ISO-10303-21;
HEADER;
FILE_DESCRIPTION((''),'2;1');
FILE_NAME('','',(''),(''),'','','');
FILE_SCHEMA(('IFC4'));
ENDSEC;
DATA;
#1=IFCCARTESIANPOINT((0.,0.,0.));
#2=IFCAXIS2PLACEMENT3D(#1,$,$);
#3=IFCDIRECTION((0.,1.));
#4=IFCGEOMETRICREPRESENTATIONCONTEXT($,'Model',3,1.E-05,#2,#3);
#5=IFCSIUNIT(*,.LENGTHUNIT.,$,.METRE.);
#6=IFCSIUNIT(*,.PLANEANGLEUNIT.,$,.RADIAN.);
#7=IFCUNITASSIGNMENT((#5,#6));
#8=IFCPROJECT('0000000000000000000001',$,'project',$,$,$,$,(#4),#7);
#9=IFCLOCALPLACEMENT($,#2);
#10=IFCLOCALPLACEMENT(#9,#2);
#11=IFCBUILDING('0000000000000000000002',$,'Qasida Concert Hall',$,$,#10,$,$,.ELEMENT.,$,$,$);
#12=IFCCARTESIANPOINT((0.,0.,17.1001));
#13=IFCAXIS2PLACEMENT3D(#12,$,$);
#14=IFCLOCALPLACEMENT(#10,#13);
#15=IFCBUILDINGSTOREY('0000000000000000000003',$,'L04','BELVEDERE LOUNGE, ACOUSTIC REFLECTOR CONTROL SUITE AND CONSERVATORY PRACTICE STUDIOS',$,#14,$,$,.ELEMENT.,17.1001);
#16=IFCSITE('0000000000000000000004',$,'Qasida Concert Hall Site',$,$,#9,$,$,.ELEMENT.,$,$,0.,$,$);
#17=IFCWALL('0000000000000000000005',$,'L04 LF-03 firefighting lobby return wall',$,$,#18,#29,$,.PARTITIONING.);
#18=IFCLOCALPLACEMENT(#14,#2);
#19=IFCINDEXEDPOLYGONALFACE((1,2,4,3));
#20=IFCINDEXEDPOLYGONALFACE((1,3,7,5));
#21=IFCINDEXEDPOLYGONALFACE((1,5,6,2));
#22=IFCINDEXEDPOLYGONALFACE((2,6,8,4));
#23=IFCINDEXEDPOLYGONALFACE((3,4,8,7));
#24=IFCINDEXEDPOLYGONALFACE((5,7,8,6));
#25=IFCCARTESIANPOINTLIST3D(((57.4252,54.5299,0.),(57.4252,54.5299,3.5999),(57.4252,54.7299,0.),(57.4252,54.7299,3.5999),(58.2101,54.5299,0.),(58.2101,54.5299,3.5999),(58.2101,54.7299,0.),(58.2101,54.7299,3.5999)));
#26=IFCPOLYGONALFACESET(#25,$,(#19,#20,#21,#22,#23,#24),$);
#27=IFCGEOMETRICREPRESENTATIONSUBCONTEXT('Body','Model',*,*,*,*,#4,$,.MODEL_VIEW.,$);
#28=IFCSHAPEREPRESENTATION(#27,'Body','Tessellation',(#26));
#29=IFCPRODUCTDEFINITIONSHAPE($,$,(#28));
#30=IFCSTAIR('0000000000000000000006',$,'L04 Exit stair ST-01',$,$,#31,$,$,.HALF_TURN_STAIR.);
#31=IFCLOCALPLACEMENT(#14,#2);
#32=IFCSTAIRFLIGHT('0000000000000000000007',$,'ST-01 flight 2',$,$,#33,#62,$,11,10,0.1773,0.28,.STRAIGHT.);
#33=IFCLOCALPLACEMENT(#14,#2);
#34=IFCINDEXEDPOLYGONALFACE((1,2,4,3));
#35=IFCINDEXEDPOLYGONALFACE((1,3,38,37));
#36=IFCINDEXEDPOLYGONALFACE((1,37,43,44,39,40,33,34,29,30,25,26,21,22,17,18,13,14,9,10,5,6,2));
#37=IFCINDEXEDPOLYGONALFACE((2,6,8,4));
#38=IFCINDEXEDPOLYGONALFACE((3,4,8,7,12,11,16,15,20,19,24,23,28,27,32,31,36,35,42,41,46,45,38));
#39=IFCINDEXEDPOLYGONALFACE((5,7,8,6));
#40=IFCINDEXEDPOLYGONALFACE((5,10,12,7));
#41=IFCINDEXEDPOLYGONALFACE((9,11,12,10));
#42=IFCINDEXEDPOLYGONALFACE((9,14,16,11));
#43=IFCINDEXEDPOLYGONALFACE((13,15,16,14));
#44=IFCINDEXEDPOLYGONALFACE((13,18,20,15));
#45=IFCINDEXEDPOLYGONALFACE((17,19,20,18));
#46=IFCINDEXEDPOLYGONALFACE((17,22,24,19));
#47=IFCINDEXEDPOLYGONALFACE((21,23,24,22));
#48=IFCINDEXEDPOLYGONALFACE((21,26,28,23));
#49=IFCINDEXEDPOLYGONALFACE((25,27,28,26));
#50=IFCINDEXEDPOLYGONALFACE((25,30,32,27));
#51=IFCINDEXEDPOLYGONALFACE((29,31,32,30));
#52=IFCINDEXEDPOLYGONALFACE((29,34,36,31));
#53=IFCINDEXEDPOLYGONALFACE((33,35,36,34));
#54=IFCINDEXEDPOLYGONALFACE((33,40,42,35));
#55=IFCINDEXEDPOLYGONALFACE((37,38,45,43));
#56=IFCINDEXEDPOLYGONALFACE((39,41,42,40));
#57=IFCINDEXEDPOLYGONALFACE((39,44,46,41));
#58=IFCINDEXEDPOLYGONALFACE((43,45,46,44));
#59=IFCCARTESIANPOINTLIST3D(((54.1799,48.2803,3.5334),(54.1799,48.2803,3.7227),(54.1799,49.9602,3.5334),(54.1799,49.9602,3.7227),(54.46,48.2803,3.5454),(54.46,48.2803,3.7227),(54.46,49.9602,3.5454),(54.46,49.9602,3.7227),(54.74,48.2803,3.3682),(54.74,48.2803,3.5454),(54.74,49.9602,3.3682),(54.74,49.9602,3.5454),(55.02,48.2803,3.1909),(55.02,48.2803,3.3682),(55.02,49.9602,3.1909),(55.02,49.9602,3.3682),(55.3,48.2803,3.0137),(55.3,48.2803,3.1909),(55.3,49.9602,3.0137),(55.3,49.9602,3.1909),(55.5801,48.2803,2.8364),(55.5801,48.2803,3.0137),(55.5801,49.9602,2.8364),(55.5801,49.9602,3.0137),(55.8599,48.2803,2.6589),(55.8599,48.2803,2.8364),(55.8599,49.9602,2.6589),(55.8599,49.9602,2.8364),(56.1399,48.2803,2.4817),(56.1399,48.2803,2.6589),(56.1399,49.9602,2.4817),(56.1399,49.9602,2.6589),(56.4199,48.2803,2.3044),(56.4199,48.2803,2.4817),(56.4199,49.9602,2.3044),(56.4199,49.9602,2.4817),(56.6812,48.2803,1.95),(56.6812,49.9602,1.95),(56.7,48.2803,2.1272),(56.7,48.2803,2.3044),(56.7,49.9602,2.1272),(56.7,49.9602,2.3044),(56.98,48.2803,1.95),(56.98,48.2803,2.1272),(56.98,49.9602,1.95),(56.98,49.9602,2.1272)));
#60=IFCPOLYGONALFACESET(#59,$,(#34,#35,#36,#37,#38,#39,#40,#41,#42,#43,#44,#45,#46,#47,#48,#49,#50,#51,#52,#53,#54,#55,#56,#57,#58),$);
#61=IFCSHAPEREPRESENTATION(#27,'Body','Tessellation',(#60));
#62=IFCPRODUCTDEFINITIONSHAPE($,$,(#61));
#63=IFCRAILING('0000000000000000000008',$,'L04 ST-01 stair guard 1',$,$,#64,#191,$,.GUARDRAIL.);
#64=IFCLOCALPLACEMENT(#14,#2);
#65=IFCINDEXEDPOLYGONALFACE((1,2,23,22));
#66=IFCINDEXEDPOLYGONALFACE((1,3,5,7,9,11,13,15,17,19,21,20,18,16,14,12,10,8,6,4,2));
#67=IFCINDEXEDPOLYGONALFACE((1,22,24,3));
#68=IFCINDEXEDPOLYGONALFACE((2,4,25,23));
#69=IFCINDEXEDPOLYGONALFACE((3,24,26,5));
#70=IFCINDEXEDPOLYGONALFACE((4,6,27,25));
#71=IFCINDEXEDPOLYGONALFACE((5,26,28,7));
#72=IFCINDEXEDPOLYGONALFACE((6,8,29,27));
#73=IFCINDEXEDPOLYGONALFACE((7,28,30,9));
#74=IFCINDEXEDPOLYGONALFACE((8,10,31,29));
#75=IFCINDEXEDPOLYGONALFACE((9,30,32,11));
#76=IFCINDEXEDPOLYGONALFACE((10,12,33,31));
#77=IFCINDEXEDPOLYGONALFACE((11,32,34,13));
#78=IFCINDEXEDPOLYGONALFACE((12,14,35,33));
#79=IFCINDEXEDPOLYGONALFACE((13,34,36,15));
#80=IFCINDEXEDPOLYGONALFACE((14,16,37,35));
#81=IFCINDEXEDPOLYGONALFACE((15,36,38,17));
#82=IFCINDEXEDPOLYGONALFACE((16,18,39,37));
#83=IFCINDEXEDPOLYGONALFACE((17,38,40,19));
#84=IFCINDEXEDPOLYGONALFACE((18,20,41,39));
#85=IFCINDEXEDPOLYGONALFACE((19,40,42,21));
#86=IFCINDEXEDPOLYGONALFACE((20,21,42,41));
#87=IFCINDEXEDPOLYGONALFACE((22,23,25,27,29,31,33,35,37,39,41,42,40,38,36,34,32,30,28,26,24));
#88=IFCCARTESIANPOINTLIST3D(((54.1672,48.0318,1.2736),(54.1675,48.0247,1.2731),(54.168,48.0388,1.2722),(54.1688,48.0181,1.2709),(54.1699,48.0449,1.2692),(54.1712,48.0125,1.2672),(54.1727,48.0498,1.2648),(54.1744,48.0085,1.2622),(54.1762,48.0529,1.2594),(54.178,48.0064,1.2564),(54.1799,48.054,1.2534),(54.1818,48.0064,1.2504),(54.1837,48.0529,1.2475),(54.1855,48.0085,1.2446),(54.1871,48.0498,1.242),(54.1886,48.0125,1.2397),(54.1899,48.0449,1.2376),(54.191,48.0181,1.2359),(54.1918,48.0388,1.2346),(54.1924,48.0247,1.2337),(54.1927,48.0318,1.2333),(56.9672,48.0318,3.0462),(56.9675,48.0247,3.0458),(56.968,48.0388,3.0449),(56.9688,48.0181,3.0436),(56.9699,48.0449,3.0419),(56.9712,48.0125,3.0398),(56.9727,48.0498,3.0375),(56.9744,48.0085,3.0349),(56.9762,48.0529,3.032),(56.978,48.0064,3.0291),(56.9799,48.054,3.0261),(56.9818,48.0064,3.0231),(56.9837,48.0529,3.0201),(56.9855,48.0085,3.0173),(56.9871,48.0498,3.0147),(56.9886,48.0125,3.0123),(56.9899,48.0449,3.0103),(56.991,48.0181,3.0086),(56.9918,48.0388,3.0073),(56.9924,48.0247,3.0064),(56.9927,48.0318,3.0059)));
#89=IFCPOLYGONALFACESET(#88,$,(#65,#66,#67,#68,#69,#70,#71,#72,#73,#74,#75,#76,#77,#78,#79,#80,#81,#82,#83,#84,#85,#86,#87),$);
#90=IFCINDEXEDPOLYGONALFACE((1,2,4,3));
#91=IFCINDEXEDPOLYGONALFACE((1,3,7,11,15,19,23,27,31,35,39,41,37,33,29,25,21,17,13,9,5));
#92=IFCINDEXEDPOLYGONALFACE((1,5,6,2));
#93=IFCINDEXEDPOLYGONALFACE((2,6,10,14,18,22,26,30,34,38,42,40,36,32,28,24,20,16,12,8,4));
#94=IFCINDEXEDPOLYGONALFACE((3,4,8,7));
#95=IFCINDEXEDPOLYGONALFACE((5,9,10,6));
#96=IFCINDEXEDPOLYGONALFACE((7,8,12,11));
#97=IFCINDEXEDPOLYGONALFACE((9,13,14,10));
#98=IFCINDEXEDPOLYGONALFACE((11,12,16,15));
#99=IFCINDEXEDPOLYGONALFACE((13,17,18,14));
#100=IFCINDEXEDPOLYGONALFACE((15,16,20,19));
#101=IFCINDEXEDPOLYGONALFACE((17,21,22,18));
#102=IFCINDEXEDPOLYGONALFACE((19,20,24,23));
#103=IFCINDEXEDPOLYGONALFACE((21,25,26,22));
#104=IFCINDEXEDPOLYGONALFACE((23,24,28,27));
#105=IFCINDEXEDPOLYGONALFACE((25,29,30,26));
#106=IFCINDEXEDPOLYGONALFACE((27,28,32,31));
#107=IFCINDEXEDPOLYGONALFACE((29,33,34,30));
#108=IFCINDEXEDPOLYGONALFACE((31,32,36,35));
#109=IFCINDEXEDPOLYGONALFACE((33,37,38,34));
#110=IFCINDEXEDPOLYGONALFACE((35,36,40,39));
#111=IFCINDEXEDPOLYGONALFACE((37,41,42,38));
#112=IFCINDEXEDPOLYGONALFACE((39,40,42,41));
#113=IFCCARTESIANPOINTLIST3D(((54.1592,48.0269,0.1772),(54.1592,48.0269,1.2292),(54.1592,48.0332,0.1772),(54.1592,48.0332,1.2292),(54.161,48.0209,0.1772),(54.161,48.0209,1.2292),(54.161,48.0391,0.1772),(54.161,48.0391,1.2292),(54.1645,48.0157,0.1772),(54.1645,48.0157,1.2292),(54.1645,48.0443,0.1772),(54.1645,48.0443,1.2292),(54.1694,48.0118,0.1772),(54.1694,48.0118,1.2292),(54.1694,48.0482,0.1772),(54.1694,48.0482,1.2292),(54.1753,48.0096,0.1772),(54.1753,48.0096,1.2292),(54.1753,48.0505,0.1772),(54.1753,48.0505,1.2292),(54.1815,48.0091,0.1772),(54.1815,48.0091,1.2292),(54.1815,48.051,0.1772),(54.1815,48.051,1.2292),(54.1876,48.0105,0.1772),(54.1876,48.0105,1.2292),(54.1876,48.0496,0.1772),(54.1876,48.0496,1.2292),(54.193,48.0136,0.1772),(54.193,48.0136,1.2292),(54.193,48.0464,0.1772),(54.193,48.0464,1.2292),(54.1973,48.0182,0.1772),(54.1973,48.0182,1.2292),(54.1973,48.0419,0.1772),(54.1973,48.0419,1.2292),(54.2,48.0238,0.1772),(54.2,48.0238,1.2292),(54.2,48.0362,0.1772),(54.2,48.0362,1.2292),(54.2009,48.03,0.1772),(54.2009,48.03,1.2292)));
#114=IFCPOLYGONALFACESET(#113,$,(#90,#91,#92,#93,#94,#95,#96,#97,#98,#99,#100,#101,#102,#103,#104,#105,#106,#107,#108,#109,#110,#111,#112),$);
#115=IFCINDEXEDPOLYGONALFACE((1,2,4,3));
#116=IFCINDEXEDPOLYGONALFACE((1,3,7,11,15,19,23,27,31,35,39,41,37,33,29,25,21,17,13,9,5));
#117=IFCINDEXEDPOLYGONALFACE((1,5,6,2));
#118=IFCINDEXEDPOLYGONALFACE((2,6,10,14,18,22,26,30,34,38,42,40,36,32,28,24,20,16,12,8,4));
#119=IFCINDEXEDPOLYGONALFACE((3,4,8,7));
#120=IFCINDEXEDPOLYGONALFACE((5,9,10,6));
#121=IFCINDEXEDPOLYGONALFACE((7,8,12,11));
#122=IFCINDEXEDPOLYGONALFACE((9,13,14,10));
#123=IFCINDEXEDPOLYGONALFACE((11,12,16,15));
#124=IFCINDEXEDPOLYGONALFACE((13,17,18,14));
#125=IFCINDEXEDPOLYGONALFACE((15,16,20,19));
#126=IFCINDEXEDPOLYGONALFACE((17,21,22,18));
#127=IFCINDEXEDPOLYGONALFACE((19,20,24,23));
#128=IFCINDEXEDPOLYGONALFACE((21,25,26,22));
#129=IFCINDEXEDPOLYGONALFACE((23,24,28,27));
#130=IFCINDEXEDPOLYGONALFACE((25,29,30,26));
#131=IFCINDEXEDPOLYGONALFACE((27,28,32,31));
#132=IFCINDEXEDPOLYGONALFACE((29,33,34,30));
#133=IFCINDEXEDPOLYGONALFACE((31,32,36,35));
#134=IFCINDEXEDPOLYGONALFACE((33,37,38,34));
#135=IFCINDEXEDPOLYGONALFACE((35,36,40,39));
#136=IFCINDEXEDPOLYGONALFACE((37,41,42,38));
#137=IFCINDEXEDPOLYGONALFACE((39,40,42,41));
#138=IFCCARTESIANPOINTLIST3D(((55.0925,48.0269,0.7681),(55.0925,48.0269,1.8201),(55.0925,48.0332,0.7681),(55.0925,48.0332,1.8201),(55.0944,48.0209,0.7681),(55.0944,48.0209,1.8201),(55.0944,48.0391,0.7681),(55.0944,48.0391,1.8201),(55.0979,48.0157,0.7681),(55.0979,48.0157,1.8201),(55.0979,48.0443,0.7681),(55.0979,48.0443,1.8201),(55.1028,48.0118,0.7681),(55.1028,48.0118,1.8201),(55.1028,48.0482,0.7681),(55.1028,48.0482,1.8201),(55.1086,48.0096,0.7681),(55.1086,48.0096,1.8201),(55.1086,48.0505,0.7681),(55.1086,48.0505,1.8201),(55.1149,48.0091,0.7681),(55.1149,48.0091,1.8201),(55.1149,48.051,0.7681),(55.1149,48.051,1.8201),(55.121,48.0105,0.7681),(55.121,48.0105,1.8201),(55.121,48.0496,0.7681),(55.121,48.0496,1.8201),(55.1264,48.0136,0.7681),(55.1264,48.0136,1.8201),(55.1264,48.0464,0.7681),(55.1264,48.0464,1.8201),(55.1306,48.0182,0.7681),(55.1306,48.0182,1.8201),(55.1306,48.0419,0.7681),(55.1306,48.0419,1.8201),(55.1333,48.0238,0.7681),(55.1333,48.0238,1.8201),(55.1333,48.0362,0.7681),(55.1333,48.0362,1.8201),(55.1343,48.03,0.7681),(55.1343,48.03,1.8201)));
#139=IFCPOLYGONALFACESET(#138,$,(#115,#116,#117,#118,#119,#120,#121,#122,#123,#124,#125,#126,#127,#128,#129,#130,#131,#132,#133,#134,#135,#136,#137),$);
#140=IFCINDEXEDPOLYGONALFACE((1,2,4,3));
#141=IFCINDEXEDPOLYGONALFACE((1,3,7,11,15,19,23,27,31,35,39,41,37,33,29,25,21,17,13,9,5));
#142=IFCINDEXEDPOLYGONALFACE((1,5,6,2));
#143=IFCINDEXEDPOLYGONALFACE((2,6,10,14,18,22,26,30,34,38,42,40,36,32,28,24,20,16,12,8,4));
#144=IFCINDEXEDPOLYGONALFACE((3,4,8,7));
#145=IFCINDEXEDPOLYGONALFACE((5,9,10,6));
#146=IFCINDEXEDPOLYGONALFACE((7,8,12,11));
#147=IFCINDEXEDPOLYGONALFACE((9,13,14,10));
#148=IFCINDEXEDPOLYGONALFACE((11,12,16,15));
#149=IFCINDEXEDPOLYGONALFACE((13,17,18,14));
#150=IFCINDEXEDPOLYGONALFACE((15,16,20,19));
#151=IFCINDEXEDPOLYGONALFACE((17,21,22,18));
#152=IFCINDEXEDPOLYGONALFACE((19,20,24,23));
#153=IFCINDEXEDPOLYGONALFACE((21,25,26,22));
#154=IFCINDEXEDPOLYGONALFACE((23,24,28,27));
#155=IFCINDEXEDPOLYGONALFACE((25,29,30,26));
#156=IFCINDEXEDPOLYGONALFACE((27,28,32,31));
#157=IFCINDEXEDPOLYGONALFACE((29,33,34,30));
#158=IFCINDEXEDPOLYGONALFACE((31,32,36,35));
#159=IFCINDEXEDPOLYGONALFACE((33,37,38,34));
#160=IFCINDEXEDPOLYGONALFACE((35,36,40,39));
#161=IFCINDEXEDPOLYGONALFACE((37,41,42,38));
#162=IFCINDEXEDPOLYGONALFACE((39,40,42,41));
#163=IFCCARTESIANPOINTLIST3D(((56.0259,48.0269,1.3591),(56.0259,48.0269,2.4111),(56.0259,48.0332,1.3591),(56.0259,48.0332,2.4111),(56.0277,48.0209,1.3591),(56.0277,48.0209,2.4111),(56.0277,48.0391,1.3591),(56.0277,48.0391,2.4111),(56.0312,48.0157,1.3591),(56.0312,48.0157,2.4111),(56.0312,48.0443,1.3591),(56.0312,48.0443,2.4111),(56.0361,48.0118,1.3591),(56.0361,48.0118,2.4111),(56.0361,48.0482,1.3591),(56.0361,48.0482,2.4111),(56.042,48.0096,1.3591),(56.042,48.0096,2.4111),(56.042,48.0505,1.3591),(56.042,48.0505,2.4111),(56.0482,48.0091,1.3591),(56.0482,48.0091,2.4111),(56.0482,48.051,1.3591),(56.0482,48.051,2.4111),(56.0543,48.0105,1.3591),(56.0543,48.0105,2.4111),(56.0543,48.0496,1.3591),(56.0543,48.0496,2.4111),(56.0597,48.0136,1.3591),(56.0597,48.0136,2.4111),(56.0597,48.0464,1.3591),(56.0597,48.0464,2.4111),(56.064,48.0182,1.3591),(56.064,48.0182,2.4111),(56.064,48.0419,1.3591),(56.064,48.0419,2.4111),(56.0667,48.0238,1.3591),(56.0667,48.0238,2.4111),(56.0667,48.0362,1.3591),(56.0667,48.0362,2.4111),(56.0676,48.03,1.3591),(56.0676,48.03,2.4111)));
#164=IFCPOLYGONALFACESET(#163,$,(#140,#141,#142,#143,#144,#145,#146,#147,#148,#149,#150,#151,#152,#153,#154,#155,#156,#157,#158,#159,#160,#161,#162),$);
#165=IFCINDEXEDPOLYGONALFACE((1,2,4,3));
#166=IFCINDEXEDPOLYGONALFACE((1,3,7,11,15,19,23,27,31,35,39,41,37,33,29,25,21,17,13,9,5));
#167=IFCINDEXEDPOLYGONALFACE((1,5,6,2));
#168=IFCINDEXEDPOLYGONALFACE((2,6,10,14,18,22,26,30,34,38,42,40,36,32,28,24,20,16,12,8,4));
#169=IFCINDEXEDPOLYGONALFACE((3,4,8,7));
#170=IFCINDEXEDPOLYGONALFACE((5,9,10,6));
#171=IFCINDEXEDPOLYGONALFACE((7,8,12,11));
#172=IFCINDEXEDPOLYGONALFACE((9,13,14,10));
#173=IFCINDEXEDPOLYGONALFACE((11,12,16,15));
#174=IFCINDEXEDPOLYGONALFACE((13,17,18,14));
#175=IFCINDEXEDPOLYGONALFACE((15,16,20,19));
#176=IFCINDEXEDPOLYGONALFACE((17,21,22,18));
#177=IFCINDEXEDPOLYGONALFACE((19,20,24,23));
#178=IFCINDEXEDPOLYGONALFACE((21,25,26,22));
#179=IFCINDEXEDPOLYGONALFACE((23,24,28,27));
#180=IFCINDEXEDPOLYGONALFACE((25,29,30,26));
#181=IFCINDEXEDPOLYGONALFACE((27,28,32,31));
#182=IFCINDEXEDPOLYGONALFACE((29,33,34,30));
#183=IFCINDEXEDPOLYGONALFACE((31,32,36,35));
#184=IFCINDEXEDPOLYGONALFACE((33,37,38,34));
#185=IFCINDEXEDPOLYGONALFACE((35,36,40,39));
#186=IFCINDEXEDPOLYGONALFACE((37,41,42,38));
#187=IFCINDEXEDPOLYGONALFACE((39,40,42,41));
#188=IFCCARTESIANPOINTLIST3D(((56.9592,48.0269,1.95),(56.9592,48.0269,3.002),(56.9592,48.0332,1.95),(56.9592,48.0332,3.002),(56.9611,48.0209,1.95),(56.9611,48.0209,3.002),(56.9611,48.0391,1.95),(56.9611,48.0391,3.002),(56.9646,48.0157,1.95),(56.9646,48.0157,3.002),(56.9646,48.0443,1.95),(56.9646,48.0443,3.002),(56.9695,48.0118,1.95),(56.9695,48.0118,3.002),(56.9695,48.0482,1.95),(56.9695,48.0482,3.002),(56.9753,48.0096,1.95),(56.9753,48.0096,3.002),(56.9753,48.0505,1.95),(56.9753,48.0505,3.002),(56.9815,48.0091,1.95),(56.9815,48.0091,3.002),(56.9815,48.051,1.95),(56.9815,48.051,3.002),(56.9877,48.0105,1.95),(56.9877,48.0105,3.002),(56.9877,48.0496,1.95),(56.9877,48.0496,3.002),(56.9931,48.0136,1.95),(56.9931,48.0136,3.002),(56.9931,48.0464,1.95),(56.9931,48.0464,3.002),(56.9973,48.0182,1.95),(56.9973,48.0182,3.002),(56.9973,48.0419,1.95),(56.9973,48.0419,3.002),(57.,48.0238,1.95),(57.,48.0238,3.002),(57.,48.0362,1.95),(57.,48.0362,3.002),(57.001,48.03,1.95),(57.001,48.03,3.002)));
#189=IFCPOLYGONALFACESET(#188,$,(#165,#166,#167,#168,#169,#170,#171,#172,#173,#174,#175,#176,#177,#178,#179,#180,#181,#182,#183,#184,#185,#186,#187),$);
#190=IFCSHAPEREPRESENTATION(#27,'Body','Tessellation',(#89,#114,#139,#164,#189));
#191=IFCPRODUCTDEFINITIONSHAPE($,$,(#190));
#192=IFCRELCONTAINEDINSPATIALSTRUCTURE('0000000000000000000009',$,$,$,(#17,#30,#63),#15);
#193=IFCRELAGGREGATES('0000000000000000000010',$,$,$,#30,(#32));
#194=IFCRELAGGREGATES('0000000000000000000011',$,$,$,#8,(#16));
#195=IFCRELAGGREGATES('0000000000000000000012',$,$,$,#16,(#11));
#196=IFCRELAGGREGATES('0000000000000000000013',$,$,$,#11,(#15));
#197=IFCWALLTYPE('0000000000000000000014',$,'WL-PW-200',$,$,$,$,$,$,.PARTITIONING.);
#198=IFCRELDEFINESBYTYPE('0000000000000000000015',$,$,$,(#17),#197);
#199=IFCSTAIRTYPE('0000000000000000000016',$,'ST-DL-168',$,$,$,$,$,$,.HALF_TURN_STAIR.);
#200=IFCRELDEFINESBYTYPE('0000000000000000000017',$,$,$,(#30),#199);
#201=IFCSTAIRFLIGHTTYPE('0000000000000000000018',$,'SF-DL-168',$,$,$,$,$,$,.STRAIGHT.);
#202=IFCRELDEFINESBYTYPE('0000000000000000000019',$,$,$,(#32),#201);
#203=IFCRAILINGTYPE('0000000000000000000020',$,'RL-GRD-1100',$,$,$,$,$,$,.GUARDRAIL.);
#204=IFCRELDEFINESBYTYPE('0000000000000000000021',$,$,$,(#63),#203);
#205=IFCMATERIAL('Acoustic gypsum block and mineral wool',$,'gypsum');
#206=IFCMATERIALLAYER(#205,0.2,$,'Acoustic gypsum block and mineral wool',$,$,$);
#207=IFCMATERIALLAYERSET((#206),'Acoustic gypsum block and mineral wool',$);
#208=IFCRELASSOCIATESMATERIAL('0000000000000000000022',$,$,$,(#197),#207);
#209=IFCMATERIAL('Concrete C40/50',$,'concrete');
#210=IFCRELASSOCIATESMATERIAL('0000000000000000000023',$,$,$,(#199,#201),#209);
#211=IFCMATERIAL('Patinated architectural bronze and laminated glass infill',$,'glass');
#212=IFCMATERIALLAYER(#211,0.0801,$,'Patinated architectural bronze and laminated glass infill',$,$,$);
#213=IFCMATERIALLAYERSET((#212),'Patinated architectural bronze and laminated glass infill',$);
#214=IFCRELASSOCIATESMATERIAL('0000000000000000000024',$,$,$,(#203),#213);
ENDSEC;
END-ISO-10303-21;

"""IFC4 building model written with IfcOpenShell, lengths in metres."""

from ifc_helpers import new_model, si_unit, direction, frame, frame_2d, origin, origin_2d, place, context, subcontext, project, spatial, polyline, rectangle, circle, outline, extrude, material, layer, layer_set, type_object, element, aggregate, save


model = new_model("IFC4")

# Units and contexts
model_context = context("Model", 3, precision=1e-05, world=origin(), true_north=direction((0.0, 1.0)))
body_context = subcontext(model_context, "Body", "Model", "MODEL_VIEW")
ifc_project = project(units=[si_unit("LENGTHUNIT", "METRE"), si_unit("PLANEANGLEUNIT", "RADIAN")], contexts=[model_context])

# Site, building, storey
site_placement = place(None, origin())
site = spatial("IfcSite", under=ifc_project, at=site_placement, Name="Qasida Concert Hall Site", CompositionType="ELEMENT", RefElevation=0.0)
building_placement = place(site_placement, origin())
building = spatial("IfcBuilding", under=site, at=building_placement, Name="Qasida Concert Hall", CompositionType="ELEMENT")
storey_placement = place(building_placement, frame((0.0, 0.0, 17.1001)))
storey = spatial("IfcBuildingStorey", under=building, at=storey_placement, Name="L04", Description="BELVEDERE LOUNGE, ACOUSTIC REFLECTOR CONTROL SUITE AND CONSERVATORY PRACTICE STUDIOS", CompositionType="ELEMENT", Elevation=17.1001)

# Shared definitions
ifc_material_1 = material(Name="Concrete C40/50", Category="concrete")

# Wall
ifc_material_2 = material(Name="Acoustic gypsum block and mineral wool", Category="gypsum")
ifc_layer_1 = layer(ifc_material_2, 0.2, Name="Acoustic gypsum block and mineral wool")
ifc_layer_set_1 = layer_set([ifc_layer_1], Name="Acoustic gypsum block and mineral wool")
wall_type_1 = type_object("IfcWallType", Name="WL-PW-200", PredefinedType="PARTITIONING", material=ifc_layer_set_1)
wall_1_placement = place(storey_placement, frame((57.425, 54.6299, 0.0), z_axis=(0.0, 0.0, 1.0), x_axis=(1.0, 0.0, 0.0)))
element("IfcWall", 1, at=wall_1_placement, inside=storey, type_object=wall_type_1, Name="L04 LF-03 firefighting lobby return wall", PredefinedType="PARTITIONING", context=body_context, shape_type="SweptSolid", body=[
    extrude(rectangle(XDim=0.7849, YDim=0.2, at=frame_2d((0.3926, 0.0))), origin(), (0.0, 0.0, 1.0), 3.5999),
])

# Stair, stair flight
stair_type = type_object("IfcStairType", Name="ST-DL-168", PredefinedType="HALF_TURN_STAIR", material=ifc_material_1)
stair_placement = place(storey_placement, origin())
stair = element("IfcStair", 2, at=stair_placement, inside=storey, type_object=stair_type, Name="L04 Exit stair ST-01", PredefinedType="HALF_TURN_STAIR")
stair_flight_type = type_object("IfcStairFlightType", Name="SF-DL-168", PredefinedType="STRAIGHT", material=ifc_material_1)
stair_flight_placement = place(storey_placement, frame((56.98, 49.1201, 1.95), z_axis=(0.0, 0.0, 1.0), x_axis=(-1.0, 0.0, 0.0)))
stair_flight = element("IfcStairFlight", 3, at=stair_flight_placement, type_object=stair_flight_type, Name="ST-01 flight 2", NumberOfRisers=11, NumberOfTreads=10, PredefinedType="STRAIGHT", RiserHeight=0.1773, TreadLength=0.28, context=body_context, shape_type="SweptSolid", body=[
    extrude(outline(polyline([(0.0, 0.0), (0.0, 0.1772), (0.28, 0.1772), (0.28, 0.3545), (0.5601, 0.3545), (0.5601, 0.5317), (0.8401, 0.5317), (0.8401, 0.709), (1.1201, 0.709), (1.1201, 0.8865), (1.3999, 0.8865), (1.3999, 1.0637), (1.6799, 1.0637), (1.6799, 1.241), (1.96, 1.241), (1.96, 1.4182), (2.24, 1.4182), (2.24, 1.5955), (2.52, 1.5955), (2.52, 1.7727), (2.8, 1.7727), (2.8, 1.95), (2.8, 1.5835), (0.2988, 0.0), (0.0, 0.0)])), frame((0.0, 0.8398, 0.0), z_axis=(0.0, -1.0, 0.0), x_axis=(1.0, 0.0, 0.0)), (0.0, 0.0, 1.0), 1.6799),
])
aggregate(stair, [stair_flight])

# Railing
ifc_material_3 = material(Name="Patinated architectural bronze and laminated glass infill", Category="glass")
ifc_layer_2 = layer(ifc_material_3, 0.0801, Name="Patinated architectural bronze and laminated glass infill")
ifc_layer_set_2 = layer_set([ifc_layer_2], Name="Patinated architectural bronze and laminated glass infill")
railing_type_1 = type_object("IfcRailingType", Name="RL-GRD-1100", PredefinedType="GUARDRAIL", material=ifc_layer_set_2)
railing_1_placement = place(storey_placement, frame((54.1799, 48.03, 0.1772)))
element("IfcRailing", 4, at=railing_1_placement, inside=storey, type_object=railing_type_1, Name="L04 ST-01 stair guard 1", PredefinedType="GUARDRAIL", context=body_context, shape_type="SweptSolid", body=[
    extrude(circle(Radius=0.0239, at=origin_2d()), frame((0.0, 0.0, 1.0762), z_axis=(0.844909, 0.0, 0.53491), x_axis=(0.0, 1.0, 0.0)), (0.0, 0.0, 1.0), 3.314),
    extrude(circle(Radius=0.021, at=origin_2d()), origin(), (0.0, 0.0, 1.0), 1.052),
    extrude(circle(Radius=0.021, at=origin_2d()), frame((0.9333, 0.0, 0.5908)), (0.0, 0.0, 1.0), 1.052),
    extrude(circle(Radius=0.021, at=origin_2d()), frame((1.8667, 0.0, 1.1819)), (0.0, 0.0, 1.0), 1.052),
    extrude(circle(Radius=0.021, at=origin_2d()), frame((2.8, 0.0, 1.7727)), (0.0, 0.0, 1.0), 1.052),
])

save(model, "model.ifc")
